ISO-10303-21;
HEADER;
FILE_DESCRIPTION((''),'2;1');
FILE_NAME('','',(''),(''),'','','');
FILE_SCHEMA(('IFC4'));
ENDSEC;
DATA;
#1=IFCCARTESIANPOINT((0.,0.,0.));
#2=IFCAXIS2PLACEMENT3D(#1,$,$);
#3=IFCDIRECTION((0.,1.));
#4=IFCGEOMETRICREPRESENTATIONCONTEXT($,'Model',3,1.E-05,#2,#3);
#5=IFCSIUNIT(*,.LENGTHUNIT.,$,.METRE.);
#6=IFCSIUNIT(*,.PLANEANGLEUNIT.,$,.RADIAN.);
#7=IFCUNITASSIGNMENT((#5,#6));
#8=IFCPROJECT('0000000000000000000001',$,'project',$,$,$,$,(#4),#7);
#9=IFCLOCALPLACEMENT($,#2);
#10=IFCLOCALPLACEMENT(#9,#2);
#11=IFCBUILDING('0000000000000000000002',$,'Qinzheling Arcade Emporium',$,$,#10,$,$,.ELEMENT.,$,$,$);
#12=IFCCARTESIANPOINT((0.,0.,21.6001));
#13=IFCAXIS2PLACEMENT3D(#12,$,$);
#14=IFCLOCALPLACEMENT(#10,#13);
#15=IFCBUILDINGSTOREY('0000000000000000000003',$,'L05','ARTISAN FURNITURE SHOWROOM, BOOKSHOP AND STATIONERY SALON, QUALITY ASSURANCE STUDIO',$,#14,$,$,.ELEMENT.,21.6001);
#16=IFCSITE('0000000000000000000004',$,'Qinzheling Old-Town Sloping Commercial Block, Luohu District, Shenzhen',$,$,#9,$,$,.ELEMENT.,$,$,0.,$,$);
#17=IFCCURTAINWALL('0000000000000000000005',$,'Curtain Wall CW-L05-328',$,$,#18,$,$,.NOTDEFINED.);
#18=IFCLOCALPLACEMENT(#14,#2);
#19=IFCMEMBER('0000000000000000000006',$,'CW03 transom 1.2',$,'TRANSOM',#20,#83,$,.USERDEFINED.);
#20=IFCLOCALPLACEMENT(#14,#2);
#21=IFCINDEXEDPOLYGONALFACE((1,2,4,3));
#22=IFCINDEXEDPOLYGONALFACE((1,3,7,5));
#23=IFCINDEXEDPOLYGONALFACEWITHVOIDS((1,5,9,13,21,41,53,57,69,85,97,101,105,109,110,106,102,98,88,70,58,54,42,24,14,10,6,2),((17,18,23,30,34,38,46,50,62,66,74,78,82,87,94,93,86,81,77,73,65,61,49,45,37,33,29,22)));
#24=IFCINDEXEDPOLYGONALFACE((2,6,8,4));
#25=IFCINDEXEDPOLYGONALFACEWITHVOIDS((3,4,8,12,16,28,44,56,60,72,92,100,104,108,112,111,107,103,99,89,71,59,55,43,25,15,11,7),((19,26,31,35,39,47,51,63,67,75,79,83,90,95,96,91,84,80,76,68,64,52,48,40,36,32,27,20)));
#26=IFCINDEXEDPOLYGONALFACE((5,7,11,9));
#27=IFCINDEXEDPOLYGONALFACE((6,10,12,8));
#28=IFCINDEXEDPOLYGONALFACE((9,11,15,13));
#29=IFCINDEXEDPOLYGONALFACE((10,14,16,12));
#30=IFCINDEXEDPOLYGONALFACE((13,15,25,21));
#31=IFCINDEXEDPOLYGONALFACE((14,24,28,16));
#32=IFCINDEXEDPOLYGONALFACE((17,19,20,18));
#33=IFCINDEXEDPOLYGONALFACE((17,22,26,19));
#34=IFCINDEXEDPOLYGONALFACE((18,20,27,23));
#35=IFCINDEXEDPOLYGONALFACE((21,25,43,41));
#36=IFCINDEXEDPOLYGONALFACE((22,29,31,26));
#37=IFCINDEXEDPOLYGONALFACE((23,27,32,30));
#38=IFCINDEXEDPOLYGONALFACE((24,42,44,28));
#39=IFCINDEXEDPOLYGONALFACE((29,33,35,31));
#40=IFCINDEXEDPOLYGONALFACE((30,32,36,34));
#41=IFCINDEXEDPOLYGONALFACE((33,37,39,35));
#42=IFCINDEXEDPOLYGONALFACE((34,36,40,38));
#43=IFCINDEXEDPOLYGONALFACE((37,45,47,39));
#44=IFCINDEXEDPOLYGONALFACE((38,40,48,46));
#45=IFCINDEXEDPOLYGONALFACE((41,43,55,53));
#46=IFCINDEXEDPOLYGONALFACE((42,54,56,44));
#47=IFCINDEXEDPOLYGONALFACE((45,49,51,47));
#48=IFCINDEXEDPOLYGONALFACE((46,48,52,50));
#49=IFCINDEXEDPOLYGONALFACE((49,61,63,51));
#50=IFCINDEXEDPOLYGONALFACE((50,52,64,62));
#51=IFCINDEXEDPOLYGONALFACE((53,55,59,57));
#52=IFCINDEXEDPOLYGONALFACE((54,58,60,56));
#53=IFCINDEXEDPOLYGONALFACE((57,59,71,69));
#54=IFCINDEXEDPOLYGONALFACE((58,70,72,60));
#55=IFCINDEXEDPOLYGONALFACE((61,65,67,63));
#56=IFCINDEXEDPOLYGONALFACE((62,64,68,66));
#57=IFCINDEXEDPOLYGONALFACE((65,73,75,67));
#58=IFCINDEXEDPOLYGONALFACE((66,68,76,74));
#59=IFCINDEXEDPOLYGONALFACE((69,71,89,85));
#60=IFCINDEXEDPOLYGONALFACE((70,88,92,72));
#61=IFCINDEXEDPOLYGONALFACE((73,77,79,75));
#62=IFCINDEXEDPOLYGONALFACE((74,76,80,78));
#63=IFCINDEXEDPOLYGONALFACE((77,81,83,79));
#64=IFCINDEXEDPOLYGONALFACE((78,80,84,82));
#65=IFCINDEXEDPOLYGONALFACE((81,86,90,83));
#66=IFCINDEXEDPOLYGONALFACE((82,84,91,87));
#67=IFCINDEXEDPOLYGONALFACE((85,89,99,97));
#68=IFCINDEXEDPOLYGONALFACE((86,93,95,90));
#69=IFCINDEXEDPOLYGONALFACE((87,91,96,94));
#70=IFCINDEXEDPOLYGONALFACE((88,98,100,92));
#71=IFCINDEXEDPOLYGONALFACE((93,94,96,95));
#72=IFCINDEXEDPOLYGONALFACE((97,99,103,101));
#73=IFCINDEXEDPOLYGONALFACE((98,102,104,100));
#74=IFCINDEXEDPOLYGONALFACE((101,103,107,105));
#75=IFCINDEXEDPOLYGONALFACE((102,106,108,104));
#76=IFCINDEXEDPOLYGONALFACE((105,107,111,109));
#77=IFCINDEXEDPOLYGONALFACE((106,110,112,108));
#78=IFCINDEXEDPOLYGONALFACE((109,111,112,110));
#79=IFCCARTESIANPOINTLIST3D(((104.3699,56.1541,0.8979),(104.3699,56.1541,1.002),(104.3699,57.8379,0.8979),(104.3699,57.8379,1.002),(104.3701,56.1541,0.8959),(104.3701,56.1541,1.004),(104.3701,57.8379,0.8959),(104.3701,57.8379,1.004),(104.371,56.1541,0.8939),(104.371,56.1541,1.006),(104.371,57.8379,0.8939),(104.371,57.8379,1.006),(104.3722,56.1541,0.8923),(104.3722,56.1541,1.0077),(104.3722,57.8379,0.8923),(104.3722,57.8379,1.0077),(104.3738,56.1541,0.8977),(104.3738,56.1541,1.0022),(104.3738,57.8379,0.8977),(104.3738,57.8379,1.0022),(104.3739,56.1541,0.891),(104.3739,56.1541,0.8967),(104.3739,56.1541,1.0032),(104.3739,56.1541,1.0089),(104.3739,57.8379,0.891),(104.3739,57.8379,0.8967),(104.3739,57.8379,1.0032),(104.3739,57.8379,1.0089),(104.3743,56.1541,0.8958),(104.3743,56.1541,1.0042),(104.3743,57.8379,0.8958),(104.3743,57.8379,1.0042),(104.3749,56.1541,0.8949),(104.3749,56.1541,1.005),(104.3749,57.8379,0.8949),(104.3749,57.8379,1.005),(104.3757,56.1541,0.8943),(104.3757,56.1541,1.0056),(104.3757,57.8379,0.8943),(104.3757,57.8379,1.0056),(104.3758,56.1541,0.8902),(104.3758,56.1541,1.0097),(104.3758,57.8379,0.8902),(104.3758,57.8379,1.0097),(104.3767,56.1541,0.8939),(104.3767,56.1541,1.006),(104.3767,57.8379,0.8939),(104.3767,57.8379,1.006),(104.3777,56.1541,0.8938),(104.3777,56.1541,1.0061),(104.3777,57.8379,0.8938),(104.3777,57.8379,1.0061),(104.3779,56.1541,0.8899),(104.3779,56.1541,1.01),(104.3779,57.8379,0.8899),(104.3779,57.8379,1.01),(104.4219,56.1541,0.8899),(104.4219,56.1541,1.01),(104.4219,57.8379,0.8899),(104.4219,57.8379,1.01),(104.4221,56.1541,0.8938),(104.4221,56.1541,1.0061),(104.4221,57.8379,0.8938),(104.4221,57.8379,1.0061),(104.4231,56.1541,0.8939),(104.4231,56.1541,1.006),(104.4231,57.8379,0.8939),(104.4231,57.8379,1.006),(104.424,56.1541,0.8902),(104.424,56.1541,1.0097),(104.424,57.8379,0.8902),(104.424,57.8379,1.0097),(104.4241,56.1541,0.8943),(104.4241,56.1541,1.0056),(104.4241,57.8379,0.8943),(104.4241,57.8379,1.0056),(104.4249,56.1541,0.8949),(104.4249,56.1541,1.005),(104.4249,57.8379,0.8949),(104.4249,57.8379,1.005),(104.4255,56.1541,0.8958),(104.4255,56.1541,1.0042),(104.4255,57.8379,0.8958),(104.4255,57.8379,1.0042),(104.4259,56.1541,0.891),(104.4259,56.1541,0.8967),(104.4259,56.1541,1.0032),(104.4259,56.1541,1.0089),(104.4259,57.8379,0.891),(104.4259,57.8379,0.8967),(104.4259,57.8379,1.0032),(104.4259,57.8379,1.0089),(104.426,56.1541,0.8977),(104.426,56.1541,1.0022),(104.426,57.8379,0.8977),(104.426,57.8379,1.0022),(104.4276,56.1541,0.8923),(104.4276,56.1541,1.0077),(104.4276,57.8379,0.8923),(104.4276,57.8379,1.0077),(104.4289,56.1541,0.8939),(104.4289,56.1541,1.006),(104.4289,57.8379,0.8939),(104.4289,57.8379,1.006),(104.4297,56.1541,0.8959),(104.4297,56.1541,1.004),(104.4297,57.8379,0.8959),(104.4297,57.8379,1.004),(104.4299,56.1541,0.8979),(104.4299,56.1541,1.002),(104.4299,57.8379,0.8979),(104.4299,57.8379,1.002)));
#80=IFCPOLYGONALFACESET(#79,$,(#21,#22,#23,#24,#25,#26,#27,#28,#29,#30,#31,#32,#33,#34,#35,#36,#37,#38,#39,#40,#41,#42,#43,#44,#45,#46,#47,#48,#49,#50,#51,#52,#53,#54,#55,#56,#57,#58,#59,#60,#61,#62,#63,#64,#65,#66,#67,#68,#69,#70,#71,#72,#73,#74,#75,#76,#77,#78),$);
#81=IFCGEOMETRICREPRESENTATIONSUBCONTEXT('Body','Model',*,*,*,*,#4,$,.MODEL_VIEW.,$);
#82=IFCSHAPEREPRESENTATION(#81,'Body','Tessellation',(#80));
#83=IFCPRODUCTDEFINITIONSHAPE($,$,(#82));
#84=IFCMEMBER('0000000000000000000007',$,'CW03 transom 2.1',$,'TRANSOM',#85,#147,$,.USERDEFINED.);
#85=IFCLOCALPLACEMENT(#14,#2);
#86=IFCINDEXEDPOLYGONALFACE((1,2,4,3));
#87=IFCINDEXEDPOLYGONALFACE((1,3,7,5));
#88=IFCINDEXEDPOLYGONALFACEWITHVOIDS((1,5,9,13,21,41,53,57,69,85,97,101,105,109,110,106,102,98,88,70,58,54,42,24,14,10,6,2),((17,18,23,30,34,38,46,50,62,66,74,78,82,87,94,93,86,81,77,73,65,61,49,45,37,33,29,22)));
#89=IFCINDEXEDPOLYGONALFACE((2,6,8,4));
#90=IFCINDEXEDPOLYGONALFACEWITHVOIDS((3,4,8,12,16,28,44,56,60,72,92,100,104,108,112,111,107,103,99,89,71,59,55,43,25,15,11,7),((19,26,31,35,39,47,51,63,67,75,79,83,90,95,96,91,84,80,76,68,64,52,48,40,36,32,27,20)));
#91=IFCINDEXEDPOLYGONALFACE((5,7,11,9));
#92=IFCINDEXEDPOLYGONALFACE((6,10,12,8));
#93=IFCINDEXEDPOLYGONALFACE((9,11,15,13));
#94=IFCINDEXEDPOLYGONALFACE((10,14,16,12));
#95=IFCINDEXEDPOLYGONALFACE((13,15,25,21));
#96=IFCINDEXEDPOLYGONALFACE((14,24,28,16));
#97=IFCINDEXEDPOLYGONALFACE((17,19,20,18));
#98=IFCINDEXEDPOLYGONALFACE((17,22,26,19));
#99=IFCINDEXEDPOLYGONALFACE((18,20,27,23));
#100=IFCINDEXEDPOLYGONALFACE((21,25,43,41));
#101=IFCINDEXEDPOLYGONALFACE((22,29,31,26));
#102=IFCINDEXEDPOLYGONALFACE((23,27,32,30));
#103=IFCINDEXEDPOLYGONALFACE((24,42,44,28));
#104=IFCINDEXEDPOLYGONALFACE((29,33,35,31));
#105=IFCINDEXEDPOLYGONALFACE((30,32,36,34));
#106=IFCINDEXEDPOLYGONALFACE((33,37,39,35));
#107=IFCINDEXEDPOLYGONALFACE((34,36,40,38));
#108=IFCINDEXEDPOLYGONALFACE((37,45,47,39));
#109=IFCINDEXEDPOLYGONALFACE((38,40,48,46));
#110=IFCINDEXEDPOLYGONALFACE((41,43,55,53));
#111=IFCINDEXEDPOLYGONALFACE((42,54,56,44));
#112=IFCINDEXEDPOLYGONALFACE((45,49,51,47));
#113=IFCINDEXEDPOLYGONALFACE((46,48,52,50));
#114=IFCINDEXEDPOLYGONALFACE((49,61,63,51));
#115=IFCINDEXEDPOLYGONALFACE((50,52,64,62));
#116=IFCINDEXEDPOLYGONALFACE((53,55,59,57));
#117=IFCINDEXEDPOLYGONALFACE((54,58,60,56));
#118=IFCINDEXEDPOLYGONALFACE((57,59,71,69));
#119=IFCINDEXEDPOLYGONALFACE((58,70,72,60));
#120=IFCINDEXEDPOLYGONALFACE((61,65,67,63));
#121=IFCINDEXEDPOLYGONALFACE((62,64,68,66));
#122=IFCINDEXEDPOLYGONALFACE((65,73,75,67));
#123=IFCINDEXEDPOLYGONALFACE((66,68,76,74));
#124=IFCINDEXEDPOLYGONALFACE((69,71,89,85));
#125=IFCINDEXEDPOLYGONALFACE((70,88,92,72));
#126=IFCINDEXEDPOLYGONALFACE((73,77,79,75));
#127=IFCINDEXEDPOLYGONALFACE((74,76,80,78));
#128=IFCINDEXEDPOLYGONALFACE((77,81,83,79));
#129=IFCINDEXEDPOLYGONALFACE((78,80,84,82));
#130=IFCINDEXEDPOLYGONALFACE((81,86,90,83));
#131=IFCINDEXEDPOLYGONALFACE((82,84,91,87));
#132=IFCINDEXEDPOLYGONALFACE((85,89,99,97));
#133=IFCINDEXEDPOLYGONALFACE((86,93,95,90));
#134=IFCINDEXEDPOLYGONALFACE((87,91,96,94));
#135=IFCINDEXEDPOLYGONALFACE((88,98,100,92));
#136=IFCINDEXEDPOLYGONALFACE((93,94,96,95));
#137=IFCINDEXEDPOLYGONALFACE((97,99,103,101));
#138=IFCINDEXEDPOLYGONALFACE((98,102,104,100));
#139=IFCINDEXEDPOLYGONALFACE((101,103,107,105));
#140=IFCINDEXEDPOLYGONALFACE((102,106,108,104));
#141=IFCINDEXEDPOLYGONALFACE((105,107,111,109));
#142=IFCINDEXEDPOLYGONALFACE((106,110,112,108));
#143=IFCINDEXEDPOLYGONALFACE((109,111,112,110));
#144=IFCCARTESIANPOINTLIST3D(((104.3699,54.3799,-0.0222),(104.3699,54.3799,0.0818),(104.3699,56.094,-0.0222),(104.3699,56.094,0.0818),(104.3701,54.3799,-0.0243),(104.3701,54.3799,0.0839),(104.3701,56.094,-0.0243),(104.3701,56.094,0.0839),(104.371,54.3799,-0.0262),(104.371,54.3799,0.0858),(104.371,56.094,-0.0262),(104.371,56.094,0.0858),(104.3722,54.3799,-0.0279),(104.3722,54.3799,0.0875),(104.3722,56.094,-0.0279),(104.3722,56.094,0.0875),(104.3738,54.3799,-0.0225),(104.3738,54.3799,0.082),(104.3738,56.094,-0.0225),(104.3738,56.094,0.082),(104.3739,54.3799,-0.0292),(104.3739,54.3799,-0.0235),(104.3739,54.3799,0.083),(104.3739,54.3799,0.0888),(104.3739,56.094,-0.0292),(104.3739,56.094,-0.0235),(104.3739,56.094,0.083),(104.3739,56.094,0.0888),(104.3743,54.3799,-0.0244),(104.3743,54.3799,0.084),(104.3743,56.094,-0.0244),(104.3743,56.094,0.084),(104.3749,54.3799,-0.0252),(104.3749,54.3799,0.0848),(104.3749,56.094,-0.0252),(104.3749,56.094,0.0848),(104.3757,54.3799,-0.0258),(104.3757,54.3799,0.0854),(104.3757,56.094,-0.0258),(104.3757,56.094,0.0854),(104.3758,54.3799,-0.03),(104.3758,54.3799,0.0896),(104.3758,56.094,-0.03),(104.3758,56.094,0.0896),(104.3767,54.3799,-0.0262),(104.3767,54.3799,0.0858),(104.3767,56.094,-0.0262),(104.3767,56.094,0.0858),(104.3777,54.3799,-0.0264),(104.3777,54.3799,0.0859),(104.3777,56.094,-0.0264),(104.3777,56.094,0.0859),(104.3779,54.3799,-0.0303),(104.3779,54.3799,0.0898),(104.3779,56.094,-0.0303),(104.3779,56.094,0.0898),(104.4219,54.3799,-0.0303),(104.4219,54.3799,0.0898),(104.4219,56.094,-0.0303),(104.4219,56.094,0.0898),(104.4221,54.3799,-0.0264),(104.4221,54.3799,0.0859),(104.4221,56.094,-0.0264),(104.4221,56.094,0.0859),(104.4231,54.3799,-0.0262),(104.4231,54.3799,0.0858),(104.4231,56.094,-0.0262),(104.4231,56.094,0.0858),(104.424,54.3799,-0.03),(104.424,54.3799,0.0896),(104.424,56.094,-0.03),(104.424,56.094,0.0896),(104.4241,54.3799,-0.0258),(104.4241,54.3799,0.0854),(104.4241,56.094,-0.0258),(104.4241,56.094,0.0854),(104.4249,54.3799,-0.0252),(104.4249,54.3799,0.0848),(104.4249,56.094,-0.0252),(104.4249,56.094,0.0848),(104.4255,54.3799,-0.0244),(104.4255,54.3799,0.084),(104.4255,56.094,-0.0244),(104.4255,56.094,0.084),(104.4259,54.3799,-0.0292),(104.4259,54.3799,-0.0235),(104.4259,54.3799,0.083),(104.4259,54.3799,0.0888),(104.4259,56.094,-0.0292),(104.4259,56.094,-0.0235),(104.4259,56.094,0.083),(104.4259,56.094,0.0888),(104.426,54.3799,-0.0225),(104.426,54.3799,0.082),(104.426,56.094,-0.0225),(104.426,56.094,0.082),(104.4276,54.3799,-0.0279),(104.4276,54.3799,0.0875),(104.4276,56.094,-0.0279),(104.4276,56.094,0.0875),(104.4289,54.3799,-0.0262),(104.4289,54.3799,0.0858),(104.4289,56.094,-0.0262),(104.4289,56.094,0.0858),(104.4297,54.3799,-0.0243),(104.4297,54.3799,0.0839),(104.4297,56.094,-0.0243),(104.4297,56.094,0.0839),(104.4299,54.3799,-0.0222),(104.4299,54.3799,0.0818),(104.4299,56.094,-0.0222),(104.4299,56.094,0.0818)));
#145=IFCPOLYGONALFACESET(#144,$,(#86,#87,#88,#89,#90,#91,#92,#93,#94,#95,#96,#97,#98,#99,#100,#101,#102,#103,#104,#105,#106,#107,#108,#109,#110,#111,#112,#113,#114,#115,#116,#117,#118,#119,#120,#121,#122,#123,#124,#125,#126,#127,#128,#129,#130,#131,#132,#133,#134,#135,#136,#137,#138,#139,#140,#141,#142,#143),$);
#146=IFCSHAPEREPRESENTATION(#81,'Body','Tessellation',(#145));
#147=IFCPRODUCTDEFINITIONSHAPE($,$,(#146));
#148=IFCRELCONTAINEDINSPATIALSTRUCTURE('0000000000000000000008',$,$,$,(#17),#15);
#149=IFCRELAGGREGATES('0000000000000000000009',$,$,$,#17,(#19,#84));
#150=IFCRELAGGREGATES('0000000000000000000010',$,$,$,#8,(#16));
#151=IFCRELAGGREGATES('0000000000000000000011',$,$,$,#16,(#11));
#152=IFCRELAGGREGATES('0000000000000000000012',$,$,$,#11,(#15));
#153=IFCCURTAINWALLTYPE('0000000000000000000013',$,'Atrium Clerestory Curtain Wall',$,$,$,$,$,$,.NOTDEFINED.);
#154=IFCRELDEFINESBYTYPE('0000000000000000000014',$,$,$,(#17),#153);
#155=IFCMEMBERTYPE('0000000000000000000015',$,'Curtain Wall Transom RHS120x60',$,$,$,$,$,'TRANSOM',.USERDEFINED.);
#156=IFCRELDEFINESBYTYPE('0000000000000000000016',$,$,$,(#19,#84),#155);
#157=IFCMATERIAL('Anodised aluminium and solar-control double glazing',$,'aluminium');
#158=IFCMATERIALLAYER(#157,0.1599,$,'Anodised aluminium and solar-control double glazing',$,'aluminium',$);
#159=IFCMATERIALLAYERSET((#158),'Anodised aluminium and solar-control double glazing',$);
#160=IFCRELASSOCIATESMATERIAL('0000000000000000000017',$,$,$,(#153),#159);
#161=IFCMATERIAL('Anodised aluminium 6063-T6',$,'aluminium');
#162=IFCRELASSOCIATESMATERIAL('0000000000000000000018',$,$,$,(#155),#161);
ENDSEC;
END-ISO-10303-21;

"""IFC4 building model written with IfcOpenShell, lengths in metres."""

from ifc_helpers import new_model, si_unit, direction, frame, origin, origin_2d, place, context, subcontext, project, spatial, hollow_rectangle, extrude, material, layer, layer_set, material_profile, profile_set, type_object, element, aggregate, save


model = new_model("IFC4")

# Units and contexts
model_context = context("Model", 3, precision=1e-05, world=origin(), true_north=direction((0.0, 1.0)))
body_context = subcontext(model_context, "Body", "Model", "MODEL_VIEW")
ifc_project = project(units=[si_unit("LENGTHUNIT", "METRE"), si_unit("PLANEANGLEUNIT", "RADIAN")], contexts=[model_context])

# Site, building, storey
site_placement = place(None, origin())
site = spatial("IfcSite", under=ifc_project, at=site_placement, Name="Qinzheling Old-Town Sloping Commercial Block, Luohu District, Shenzhen", CompositionType="ELEMENT", RefElevation=0.0)
building_placement = place(site_placement, origin())
building = spatial("IfcBuilding", under=site, at=building_placement, Name="Qinzheling Arcade Emporium", CompositionType="ELEMENT")
storey_placement = place(building_placement, frame((0.0, 0.0, 21.6001)))
storey = spatial("IfcBuildingStorey", under=building, at=storey_placement, Name="L05", Description="ARTISAN FURNITURE SHOWROOM, BOOKSHOP AND STATIONERY SALON, QUALITY ASSURANCE STUDIO", CompositionType="ELEMENT", Elevation=21.6001)

# Curtain wall, members
ifc_material_1 = material(Name="Anodised aluminium and solar-control double glazing", Category="aluminium")
ifc_layer_1 = layer(ifc_material_1, 0.1599, Name="Anodised aluminium and solar-control double glazing", Category="aluminium")
ifc_layer_set_1 = layer_set([ifc_layer_1], Name="Anodised aluminium and solar-control double glazing")
curtain_wall_type = type_object("IfcCurtainWallType", Name="Atrium Clerestory Curtain Wall", PredefinedType="NOTDEFINED", material=ifc_layer_set_1)
curtain_wall_placement = place(storey_placement, origin())
curtain_wall = element("IfcCurtainWall", 1, at=curtain_wall_placement, inside=storey, type_object=curtain_wall_type, Name="Curtain Wall CW-L05-328", PredefinedType="NOTDEFINED")
ifc_material_2 = material(Name="Anodised aluminium 6063-T6", Category="aluminium")
ifc_material_profile_1 = material_profile(ifc_material_2, hollow_rectangle(XDim=0.0601, YDim=0.1201, WallThickness=0.0039, InnerFilletRadius=0.0039, OuterFilletRadius=0.0081, at=origin_2d()), Name="RHS 120x60x4", Category="aluminium")
ifc_profile_set_1 = profile_set([ifc_material_profile_1], Name="Anodised aluminium 6063-T6")
member_type_1 = type_object("IfcMemberType", Name="Curtain Wall Transom RHS120x60", ElementType="TRANSOM", PredefinedType="USERDEFINED", material=ifc_profile_set_1)
member_1_placement = place(storey_placement, frame((104.3999, 57.8379, 0.95), z_axis=(0.0, -1.0, 0.0), x_axis=(1.0, 0.0, 0.0)))
member_1 = element("IfcMember", 2, at=member_1_placement, type_object=member_type_1, Name="CW03 transom 1.2", ObjectType="TRANSOM", PredefinedType="USERDEFINED", context=body_context, shape_type="SweptSolid", body=[
    extrude(hollow_rectangle(XDim=0.0601, YDim=0.1201, WallThickness=0.0039, InnerFilletRadius=0.0039, OuterFilletRadius=0.0081, at=origin_2d()), origin(), (0.0, 0.0, 1.0), 1.6838),
])
member_2_placement = place(storey_placement, frame((104.3999, 56.094, 0.0298), z_axis=(0.0, -1.0, 0.0), x_axis=(1.0, 0.0, 0.0)))
member_2 = element("IfcMember", 3, at=member_2_placement, type_object=member_type_1, Name="CW03 transom 2.1", ObjectType="TRANSOM", PredefinedType="USERDEFINED", context=body_context, shape_type="SweptSolid", body=[
    extrude(hollow_rectangle(XDim=0.0601, YDim=0.1201, WallThickness=0.0039, InnerFilletRadius=0.0039, OuterFilletRadius=0.0081, at=origin_2d()), origin(), (0.0, 0.0, 1.0), 1.7141),
])
aggregate(curtain_wall, [member_1, member_2])

save(model, "model.ifc")
